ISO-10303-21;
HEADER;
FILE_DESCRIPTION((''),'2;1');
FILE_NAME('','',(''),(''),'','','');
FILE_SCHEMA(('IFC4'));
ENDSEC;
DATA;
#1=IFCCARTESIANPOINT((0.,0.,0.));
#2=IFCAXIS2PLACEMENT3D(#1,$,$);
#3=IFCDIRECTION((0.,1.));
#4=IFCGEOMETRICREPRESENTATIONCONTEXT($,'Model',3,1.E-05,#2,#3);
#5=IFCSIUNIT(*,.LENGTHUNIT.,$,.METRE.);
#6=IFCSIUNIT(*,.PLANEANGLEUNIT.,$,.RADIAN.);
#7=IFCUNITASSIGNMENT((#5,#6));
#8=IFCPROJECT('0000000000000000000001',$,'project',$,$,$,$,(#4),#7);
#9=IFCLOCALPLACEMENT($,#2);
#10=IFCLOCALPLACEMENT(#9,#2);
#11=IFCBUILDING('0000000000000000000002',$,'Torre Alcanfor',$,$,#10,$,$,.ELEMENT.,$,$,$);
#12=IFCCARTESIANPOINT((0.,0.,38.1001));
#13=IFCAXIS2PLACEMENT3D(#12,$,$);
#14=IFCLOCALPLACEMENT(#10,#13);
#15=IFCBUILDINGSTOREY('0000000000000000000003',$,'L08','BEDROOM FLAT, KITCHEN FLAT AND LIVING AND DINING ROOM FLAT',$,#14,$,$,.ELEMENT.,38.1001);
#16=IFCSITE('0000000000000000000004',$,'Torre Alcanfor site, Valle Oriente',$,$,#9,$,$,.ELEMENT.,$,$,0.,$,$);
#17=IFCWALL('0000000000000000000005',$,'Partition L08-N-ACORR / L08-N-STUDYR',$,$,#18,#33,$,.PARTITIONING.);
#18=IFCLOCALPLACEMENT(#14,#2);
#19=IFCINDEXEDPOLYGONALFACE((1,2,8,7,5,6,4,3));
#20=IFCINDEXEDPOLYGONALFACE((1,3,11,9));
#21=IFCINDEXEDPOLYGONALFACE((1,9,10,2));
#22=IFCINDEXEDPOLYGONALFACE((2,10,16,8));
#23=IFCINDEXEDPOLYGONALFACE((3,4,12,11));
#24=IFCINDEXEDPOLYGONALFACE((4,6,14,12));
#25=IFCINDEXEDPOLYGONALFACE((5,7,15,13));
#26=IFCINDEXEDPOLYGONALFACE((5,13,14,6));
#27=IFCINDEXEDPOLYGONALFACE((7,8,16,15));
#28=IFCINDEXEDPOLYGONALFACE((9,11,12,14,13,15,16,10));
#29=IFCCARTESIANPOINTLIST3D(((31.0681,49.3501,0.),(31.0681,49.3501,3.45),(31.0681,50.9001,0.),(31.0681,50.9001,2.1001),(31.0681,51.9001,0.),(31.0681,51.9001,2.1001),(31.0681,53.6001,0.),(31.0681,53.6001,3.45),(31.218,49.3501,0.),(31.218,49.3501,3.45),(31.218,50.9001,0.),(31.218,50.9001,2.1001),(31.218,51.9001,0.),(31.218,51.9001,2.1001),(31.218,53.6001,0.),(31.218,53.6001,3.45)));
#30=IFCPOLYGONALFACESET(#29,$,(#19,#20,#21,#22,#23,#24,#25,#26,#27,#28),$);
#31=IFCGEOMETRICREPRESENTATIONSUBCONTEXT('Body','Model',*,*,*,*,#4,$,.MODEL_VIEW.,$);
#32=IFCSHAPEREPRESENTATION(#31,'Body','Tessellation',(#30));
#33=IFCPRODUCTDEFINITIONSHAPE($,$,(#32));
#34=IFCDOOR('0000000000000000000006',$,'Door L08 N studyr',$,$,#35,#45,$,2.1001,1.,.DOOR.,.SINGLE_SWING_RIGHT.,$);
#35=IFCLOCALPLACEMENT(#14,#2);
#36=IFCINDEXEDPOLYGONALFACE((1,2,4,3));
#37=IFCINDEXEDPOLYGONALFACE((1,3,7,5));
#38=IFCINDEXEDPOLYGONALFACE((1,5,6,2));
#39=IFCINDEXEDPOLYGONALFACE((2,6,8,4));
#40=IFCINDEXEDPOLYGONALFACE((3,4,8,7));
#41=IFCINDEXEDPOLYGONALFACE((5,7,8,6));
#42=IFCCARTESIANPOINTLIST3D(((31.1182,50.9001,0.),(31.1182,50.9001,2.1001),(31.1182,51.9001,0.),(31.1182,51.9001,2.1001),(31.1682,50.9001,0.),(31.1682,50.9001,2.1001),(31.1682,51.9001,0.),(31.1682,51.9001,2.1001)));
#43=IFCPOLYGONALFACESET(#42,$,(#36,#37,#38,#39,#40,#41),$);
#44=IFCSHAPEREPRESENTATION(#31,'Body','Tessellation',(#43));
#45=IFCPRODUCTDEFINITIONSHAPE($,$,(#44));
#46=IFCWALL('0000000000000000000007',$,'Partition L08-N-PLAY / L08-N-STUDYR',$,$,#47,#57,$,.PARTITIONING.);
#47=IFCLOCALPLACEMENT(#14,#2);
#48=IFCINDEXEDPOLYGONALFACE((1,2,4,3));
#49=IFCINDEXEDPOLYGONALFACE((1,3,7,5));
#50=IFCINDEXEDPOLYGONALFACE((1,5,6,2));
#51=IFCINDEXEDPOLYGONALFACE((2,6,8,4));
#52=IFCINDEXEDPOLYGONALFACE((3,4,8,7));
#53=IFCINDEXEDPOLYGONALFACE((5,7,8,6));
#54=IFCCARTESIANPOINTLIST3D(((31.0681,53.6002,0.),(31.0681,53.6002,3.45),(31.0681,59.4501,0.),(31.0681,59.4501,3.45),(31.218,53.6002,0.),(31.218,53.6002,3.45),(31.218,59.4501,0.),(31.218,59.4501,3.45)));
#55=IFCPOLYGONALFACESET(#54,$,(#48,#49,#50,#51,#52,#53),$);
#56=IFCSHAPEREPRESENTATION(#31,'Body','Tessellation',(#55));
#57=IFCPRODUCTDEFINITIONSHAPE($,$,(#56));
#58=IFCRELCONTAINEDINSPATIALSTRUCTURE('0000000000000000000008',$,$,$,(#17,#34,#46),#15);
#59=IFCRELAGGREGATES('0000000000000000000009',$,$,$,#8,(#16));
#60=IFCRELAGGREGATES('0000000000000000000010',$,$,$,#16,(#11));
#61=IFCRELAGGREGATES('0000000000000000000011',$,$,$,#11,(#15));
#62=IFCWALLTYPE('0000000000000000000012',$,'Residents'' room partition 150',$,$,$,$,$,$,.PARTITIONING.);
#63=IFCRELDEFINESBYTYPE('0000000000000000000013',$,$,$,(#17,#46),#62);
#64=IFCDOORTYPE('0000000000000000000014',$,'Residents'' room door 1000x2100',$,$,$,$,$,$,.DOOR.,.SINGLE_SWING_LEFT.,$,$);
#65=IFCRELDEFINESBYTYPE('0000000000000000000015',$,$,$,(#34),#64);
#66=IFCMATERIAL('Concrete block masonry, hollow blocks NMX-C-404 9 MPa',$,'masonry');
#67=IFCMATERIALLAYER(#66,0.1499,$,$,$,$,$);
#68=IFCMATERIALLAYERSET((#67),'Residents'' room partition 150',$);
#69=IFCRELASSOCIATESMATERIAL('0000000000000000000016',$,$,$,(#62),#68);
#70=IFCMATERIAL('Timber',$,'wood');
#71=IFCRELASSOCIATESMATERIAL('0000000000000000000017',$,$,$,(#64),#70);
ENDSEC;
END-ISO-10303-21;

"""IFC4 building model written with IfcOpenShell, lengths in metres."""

from ifc_helpers import new_model, si_unit, direction, frame, frame_2d, origin, place, context, subcontext, project, spatial, rectangle, extrude, material, layer, layer_set, type_object, element, fill, save


model = new_model("IFC4")

# Units and contexts
model_context = context("Model", 3, precision=1e-05, world=origin(), true_north=direction((0.0, 1.0)))
body_context = subcontext(model_context, "Body", "Model", "MODEL_VIEW")
ifc_project = project(units=[si_unit("LENGTHUNIT", "METRE"), si_unit("PLANEANGLEUNIT", "RADIAN")], contexts=[model_context])

# Site, building, storey
site_placement = place(None, origin())
site = spatial("IfcSite", under=ifc_project, at=site_placement, Name="Torre Alcanfor site, Valle Oriente", CompositionType="ELEMENT", RefElevation=0.0)
building_placement = place(site_placement, origin())
building = spatial("IfcBuilding", under=site, at=building_placement, Name="Torre Alcanfor", CompositionType="ELEMENT")
storey_placement = place(building_placement, frame((0.0, 0.0, 38.1001)))
storey = spatial("IfcBuildingStorey", under=building, at=storey_placement, Name="L08", Description="BEDROOM FLAT, KITCHEN FLAT AND LIVING AND DINING ROOM FLAT", CompositionType="ELEMENT", Elevation=38.1001)

# Shared definitions
ifc_material_1 = material(Name="Concrete block masonry, hollow blocks NMX-C-404 9 MPa", Category="masonry")
ifc_layer_1 = layer(ifc_material_1, 0.1499)
ifc_layer_set_1 = layer_set([ifc_layer_1], Name="Residents' room partition 150")
wall_type = type_object("IfcWallType", Name="Residents' room partition 150", PredefinedType="PARTITIONING", material=ifc_layer_set_1)

# Shared definitions
ifc_material_2 = material(Name="Timber", Category="wood")
door_type_1 = type_object("IfcDoorType", Name="Residents' room door 1000x2100", OperationType="SINGLE_SWING_LEFT", PredefinedType="DOOR", material=ifc_material_2)

# Wall, opening, door
wall_1_placement = place(storey_placement, frame((31.1431, 49.3501, 0.0), z_axis=(0.0, 0.0, 1.0), x_axis=(0.0, 1.0, 0.0)))
wall_1 = element("IfcWall", 1, at=wall_1_placement, inside=storey, type_object=wall_type, Name="Partition L08-N-ACORR / L08-N-STUDYR", PredefinedType="PARTITIONING", context=body_context, shape_type="SweptSolid", body=[
    extrude(rectangle(XDim=4.25, YDim=0.1499, at=frame_2d((2.125, 0.0))), origin(), (0.0, 0.0, 1.0), 3.45),
])
opening_1_placement = place(wall_1_placement, frame((1.55, 0.0, 0.0)))
opening_1 = element("IfcOpeningElement", 2, at=opening_1_placement, cuts=wall_1, PredefinedType="OPENING", context=body_context, shape_type="SweptSolid", body=[
    extrude(rectangle(XDim=1.0, YDim=2.1001, at=frame_2d((0.5, 1.05))), frame((0.0, 0.085, 0.0), z_axis=(0.0, -1.0, 0.0), x_axis=(1.0, 0.0, 0.0)), (0.0, 0.0, 1.0), 0.1699),
])
door_1_placement = place(opening_1_placement, frame((1.0, 0.0, 0.0), z_axis=(0.0, 0.0, 1.0), x_axis=(-1.0, 0.0, 0.0)))
door_1 = element("IfcDoor", 3, at=door_1_placement, inside=storey, type_object=door_type_1, Name="Door L08 N studyr", OperationType="SINGLE_SWING_RIGHT", OverallHeight=2.1001, OverallWidth=1.0, PredefinedType="DOOR", context=body_context, shape_type="SweptSolid", body=[
    extrude(rectangle(XDim=1.0, YDim=2.1001, at=frame_2d((0.5, 1.05))), frame((0.0, 0.0251, 0.0), z_axis=(0.0, -1.0, 0.0), x_axis=(1.0, 0.0, 0.0)), (0.0, 0.0, 1.0), 0.05),
])
fill(opening_1, door_1)

# Wall
wall_2_placement = place(storey_placement, frame((31.1431, 59.45, 0.0), z_axis=(0.0, 0.0, 1.0), x_axis=(0.0, -1.0, 0.0)))
element("IfcWall", 4, at=wall_2_placement, inside=storey, type_object=wall_type, Name="Partition L08-N-PLAY / L08-N-STUDYR", PredefinedType="PARTITIONING", context=body_context, shape_type="SweptSolid", body=[
    extrude(rectangle(XDim=5.8499, YDim=0.1499, at=frame_2d((2.9248, 0.0))), origin(), (0.0, 0.0, 1.0), 3.45),
])

save(model, "model.ifc")
